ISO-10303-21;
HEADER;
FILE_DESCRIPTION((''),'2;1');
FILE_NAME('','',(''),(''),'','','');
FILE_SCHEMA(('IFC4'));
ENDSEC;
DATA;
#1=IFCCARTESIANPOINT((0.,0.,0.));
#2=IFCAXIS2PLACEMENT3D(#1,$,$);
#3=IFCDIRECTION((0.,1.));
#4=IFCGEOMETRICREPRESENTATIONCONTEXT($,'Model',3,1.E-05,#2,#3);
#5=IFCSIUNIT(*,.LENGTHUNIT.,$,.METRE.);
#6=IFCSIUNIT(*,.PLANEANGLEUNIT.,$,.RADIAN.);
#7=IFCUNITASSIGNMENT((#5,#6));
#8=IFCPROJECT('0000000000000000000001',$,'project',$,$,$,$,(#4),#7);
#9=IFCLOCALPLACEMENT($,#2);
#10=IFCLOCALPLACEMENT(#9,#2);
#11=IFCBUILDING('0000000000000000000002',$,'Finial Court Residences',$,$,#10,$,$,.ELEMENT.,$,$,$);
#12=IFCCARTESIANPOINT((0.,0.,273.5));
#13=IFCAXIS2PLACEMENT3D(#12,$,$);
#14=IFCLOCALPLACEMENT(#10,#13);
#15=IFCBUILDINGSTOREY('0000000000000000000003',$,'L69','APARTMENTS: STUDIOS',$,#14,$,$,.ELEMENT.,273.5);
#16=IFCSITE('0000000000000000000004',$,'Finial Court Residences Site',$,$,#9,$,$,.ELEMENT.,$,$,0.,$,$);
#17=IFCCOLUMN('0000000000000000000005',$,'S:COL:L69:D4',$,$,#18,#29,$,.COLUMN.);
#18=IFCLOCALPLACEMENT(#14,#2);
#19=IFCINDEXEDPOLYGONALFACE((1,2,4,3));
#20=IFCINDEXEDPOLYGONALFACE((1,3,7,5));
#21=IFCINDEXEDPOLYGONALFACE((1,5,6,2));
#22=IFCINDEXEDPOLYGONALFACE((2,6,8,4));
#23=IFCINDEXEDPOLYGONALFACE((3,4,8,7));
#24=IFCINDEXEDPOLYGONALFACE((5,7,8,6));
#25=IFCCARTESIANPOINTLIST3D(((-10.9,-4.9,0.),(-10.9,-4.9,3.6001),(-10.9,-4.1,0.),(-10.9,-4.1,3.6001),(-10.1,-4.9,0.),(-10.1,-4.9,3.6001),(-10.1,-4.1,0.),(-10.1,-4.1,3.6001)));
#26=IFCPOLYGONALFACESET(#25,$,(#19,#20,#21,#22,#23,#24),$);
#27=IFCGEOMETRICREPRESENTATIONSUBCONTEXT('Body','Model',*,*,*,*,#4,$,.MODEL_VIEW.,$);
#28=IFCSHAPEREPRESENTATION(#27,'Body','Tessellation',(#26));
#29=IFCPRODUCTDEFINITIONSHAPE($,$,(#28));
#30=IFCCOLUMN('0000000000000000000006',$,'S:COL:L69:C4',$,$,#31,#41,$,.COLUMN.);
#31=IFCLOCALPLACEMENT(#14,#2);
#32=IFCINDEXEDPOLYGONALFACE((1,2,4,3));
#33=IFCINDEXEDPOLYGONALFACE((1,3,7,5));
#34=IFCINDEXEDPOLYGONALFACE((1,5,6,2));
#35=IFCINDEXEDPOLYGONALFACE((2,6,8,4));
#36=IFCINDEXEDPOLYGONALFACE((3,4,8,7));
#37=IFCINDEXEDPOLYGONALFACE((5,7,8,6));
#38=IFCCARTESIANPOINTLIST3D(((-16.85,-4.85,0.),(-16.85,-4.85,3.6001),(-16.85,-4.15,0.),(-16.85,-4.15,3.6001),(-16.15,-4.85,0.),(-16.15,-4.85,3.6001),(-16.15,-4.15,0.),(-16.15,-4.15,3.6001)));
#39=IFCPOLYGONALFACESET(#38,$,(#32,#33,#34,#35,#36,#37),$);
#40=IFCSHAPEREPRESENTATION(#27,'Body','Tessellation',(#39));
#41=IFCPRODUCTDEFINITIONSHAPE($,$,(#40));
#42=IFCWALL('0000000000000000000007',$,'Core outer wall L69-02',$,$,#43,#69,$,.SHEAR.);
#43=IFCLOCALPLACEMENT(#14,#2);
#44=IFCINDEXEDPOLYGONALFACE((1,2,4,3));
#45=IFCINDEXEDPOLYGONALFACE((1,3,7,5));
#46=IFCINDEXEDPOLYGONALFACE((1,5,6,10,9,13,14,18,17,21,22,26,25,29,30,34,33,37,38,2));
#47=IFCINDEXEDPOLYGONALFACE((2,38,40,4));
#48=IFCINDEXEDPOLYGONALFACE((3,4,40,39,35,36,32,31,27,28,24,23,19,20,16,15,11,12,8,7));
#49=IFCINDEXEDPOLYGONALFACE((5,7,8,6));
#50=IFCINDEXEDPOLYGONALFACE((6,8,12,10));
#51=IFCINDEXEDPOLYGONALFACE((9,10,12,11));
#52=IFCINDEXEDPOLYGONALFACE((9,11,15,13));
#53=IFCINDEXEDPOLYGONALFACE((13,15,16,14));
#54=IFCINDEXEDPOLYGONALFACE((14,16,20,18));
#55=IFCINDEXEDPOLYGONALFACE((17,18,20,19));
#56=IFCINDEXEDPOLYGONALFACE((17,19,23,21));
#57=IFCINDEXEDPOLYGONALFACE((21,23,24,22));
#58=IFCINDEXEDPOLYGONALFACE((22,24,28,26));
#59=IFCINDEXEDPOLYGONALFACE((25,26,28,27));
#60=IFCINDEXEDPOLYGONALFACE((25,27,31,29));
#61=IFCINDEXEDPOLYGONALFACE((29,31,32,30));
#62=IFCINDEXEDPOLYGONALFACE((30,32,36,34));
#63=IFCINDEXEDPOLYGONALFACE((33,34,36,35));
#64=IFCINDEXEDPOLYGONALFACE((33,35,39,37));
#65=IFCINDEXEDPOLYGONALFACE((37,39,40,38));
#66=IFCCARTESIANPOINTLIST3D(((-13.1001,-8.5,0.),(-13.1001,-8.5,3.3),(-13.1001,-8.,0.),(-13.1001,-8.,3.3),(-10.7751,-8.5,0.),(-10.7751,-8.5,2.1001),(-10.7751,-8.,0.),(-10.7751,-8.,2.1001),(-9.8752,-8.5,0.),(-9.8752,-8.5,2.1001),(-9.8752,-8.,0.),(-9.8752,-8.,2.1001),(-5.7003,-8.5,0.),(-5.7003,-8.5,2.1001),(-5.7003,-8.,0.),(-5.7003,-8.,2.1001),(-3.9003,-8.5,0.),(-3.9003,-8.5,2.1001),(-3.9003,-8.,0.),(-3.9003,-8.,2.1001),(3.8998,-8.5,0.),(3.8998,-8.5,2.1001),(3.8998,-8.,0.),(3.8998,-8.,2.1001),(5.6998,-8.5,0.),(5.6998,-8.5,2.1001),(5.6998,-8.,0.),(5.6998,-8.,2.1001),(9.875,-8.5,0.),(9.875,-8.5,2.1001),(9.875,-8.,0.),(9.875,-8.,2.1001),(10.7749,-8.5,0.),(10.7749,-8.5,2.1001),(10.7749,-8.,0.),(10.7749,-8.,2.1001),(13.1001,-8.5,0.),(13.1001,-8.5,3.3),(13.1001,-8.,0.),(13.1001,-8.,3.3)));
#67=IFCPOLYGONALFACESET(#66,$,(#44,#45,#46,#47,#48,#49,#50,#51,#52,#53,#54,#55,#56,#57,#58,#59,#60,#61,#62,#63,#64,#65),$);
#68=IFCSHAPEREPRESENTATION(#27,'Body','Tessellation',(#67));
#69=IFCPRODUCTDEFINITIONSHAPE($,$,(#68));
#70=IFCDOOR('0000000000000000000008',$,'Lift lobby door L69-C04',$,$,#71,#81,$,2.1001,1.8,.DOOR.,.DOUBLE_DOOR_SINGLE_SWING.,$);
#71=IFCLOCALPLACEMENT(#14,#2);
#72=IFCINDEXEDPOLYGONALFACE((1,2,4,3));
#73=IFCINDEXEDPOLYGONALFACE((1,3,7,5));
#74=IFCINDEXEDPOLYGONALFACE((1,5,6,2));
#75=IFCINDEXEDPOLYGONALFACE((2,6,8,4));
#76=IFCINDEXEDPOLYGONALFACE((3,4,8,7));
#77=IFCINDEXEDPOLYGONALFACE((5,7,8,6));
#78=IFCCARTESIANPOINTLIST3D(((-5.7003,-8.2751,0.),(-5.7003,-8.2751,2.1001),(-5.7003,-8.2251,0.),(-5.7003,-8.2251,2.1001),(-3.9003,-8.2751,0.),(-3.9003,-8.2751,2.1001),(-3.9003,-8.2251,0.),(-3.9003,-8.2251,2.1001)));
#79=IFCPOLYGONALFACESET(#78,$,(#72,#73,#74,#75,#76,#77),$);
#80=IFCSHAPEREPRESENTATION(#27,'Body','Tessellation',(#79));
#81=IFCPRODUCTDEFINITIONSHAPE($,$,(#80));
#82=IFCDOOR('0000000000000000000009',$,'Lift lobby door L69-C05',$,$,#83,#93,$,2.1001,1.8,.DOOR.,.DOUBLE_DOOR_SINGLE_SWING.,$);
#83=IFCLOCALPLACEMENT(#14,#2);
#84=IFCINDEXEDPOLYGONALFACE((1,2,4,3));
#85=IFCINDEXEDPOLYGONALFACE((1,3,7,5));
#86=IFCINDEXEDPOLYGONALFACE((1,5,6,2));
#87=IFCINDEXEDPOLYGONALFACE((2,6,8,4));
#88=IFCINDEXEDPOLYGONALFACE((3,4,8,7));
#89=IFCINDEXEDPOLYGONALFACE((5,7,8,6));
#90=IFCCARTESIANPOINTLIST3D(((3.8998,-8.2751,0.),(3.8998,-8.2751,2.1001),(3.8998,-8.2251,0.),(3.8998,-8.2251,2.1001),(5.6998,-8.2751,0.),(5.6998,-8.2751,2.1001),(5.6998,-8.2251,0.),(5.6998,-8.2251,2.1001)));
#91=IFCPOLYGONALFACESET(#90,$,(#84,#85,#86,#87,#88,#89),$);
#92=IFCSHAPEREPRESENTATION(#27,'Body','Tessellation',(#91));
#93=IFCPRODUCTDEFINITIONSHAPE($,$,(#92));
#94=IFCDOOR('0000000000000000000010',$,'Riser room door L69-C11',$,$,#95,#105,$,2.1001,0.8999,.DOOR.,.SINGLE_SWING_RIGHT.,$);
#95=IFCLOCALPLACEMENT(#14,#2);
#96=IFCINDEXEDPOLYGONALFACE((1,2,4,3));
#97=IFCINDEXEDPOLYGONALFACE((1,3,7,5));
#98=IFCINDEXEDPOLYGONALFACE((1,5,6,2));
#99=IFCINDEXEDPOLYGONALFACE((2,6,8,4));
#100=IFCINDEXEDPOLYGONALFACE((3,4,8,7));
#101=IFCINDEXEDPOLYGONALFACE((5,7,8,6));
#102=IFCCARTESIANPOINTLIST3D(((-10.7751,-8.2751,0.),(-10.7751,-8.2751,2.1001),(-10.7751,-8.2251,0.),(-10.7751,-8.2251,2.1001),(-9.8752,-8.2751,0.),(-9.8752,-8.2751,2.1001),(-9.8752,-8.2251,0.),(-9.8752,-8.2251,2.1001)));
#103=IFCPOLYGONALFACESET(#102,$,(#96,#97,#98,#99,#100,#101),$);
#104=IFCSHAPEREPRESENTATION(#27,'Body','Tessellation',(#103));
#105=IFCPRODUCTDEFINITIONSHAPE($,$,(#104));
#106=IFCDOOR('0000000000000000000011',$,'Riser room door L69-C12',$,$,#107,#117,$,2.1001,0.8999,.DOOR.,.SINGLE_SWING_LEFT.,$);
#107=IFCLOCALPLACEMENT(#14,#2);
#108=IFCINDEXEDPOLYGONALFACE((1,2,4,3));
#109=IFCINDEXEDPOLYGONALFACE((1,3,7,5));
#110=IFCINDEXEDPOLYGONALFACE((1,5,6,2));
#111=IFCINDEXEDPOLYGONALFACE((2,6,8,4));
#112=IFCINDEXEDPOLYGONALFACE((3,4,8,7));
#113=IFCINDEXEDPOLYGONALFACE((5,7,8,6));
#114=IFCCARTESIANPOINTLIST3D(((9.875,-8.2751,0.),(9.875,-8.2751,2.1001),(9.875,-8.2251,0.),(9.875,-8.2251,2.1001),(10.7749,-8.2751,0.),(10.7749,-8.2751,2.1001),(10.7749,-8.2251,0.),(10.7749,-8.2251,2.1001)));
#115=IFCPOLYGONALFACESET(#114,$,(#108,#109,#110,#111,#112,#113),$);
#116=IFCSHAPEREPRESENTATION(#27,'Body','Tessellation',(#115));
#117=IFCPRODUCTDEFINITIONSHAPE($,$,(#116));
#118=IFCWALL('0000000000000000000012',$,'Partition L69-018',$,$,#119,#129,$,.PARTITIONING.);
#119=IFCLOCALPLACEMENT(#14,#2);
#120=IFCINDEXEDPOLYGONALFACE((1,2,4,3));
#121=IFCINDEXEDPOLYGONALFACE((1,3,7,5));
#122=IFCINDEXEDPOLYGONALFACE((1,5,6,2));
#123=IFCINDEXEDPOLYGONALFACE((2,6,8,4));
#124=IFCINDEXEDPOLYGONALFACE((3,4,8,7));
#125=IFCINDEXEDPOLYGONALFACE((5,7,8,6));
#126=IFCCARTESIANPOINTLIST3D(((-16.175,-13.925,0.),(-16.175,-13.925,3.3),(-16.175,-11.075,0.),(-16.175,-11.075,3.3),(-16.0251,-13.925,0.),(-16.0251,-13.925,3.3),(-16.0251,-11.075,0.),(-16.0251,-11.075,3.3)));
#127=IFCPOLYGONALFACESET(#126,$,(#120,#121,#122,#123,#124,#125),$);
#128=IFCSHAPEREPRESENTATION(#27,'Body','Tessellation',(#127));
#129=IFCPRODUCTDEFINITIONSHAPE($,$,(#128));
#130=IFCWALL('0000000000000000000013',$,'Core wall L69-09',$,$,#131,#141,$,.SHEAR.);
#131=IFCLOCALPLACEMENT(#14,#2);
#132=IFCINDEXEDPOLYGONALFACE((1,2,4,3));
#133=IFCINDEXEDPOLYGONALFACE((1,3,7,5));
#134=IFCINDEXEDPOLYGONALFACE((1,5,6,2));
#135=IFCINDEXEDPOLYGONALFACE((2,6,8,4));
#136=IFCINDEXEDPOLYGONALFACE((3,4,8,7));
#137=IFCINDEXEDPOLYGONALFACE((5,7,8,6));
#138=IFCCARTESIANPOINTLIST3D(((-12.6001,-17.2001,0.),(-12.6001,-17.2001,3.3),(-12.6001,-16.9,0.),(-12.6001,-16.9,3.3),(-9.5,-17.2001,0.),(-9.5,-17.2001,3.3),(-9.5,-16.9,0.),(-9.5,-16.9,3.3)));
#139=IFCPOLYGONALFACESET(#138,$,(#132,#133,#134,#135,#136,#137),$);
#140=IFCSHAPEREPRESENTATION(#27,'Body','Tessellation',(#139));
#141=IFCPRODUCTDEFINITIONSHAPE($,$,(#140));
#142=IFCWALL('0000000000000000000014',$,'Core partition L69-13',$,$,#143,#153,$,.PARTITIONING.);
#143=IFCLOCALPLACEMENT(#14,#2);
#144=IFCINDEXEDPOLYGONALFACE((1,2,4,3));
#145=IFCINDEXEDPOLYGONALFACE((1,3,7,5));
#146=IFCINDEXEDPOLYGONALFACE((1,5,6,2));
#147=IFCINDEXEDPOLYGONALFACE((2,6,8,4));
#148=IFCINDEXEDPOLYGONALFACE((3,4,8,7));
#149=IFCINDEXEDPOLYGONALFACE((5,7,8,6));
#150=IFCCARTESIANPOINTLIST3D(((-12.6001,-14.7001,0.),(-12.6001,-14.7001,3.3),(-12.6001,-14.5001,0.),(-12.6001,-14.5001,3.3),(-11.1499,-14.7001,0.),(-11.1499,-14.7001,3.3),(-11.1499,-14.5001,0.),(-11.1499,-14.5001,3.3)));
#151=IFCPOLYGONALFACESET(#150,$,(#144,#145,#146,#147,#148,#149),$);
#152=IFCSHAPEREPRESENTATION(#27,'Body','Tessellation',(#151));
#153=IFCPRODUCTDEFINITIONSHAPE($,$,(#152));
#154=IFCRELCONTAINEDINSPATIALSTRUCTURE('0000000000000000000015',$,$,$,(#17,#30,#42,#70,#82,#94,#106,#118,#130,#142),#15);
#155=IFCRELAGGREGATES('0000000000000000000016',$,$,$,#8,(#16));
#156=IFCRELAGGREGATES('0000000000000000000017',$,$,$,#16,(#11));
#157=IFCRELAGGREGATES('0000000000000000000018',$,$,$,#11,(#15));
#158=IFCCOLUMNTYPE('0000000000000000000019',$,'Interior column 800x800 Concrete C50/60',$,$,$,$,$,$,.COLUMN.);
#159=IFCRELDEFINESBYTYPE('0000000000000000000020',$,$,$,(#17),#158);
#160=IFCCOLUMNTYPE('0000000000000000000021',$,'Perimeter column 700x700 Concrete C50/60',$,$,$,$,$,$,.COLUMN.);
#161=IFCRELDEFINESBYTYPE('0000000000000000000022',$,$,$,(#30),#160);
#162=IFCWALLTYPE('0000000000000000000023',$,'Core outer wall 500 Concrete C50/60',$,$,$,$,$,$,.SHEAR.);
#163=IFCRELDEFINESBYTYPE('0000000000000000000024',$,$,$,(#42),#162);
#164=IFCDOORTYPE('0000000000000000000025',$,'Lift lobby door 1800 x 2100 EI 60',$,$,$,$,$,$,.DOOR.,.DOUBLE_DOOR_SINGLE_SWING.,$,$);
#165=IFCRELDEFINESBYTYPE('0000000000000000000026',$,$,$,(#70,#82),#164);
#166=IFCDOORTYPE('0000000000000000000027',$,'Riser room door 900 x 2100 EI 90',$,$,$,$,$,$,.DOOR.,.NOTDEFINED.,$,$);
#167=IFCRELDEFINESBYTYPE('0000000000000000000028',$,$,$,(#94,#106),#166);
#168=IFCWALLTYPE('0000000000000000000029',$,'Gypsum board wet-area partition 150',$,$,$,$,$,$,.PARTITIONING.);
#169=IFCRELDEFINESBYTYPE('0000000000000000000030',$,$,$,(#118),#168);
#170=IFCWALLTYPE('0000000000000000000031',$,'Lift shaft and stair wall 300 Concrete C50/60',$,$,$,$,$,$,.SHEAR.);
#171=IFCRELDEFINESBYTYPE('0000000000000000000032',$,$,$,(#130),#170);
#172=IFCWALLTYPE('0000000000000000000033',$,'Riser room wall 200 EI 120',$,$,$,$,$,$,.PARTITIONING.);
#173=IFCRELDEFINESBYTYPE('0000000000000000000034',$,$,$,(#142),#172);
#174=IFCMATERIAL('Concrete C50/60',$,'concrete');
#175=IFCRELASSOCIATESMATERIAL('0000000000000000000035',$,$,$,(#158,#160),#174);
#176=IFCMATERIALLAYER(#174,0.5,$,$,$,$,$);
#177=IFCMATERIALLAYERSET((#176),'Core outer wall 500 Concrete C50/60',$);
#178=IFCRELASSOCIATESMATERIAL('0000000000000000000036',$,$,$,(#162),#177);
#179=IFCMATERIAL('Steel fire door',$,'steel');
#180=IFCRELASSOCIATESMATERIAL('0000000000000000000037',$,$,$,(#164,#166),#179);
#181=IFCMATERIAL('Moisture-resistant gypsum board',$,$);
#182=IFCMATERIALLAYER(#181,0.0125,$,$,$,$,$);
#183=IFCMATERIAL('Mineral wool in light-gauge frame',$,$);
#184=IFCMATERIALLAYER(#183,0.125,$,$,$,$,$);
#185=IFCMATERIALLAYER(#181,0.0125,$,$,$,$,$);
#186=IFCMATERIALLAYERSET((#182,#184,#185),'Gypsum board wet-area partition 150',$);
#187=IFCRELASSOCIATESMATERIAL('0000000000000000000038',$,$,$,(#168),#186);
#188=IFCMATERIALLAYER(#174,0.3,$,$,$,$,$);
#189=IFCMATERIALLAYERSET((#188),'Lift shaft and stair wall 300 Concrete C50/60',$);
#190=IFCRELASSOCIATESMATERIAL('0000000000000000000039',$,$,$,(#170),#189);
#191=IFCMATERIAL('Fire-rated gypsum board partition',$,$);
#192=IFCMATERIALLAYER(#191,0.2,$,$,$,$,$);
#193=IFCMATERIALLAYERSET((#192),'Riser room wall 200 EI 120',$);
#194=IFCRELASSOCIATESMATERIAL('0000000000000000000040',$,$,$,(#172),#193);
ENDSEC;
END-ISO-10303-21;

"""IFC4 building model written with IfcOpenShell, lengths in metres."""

from ifc_helpers import new_model, si_unit, direction, frame, frame_2d, origin, origin_2d, place, context, subcontext, project, spatial, rectangle, extrude, material, layer, layer_set, material_profile, profile_set, type_object, element, fill, save


model = new_model("IFC4")

# Units and contexts
model_context = context("Model", 3, precision=1e-05, world=origin(), true_north=direction((0.0, 1.0)))
body_context = subcontext(model_context, "Body", "Model", "MODEL_VIEW")
ifc_project = project(units=[si_unit("LENGTHUNIT", "METRE"), si_unit("PLANEANGLEUNIT", "RADIAN")], contexts=[model_context])

# Site, building, storey
site_placement = place(None, origin())
site = spatial("IfcSite", under=ifc_project, at=site_placement, Name="Finial Court Residences Site", CompositionType="ELEMENT", RefElevation=0.0)
building_placement = place(site_placement, origin())
building = spatial("IfcBuilding", under=site, at=building_placement, Name="Finial Court Residences", CompositionType="ELEMENT")
storey_placement = place(building_placement, frame((0.0, 0.0, 273.5)))
storey = spatial("IfcBuildingStorey", under=building, at=storey_placement, Name="L69", Description="APARTMENTS: STUDIOS", CompositionType="ELEMENT", Elevation=273.5)

# Columns
ifc_material_1 = material(Name="Concrete C50/60", Category="concrete")
ifc_material_profile_1 = material_profile(ifc_material_1, rectangle(XDim=0.8, YDim=0.8, at=origin_2d()), Name="800x800")
ifc_profile_set_1 = profile_set([ifc_material_profile_1], Name="Concrete C50/60")
column_type_1 = type_object("IfcColumnType", Name="Interior column 800x800 Concrete C50/60", PredefinedType="COLUMN", material=ifc_profile_set_1)
column_1_placement = place(storey_placement, frame((-10.5, -4.5, 0.0), z_axis=(0.0, 0.0, 1.0), x_axis=(1.0, 0.0, 0.0)))
element("IfcColumn", 1, at=column_1_placement, inside=storey, type_object=column_type_1, Name="S:COL:L69:D4", PredefinedType="COLUMN", context=body_context, shape_type="SweptSolid", body=[
    extrude(rectangle(XDim=0.8, YDim=0.8, at=origin_2d()), origin(), (0.0, 0.0, 1.0), 3.6001),
])
ifc_material_profile_2 = material_profile(ifc_material_1, rectangle(XDim=0.7, YDim=0.7, at=origin_2d()), Name="700x700")
ifc_profile_set_2 = profile_set([ifc_material_profile_2], Name="Concrete C50/60")
column_type_2 = type_object("IfcColumnType", Name="Perimeter column 700x700 Concrete C50/60", PredefinedType="COLUMN", material=ifc_profile_set_2)
column_2_placement = place(storey_placement, frame((-16.5, -4.5, 0.0), z_axis=(0.0, 0.0, 1.0), x_axis=(1.0, 0.0, 0.0)))
element("IfcColumn", 2, at=column_2_placement, inside=storey, type_object=column_type_2, Name="S:COL:L69:C4", PredefinedType="COLUMN", context=body_context, shape_type="SweptSolid", body=[
    extrude(rectangle(XDim=0.7, YDim=0.7, at=origin_2d()), origin(), (0.0, 0.0, 1.0), 3.6001),
])

# Wall, openings, doors
ifc_layer_1 = layer(ifc_material_1, 0.5)
ifc_layer_set_1 = layer_set([ifc_layer_1], Name="Core outer wall 500 Concrete C50/60")
wall_type_1 = type_object("IfcWallType", Name="Core outer wall 500 Concrete C50/60", PredefinedType="SHEAR", material=ifc_layer_set_1)
wall_1_placement = place(storey_placement, frame((-13.1001, -8.25, 0.0), z_axis=(0.0, 0.0, 1.0), x_axis=(1.0, 0.0, 0.0)))
wall_1 = element("IfcWall", 3, at=wall_1_placement, inside=storey, type_object=wall_type_1, Name="Core outer wall L69-02", PredefinedType="SHEAR", context=body_context, shape_type="SweptSolid", body=[
    extrude(rectangle(XDim=26.2002, YDim=0.5, at=frame_2d((13.1001, 0.0))), origin(), (0.0, 0.0, 1.0), 3.3),
])
opening_1_placement = place(wall_1_placement, frame((7.3999, 0.0, 0.0)))
opening_1 = element("IfcOpeningElement", 4, at=opening_1_placement, cuts=wall_1, PredefinedType="OPENING", context=body_context, shape_type="SweptSolid", body=[
    extrude(rectangle(XDim=1.8, YDim=2.1001, at=frame_2d((0.8999, 1.05))), frame((0.0, 0.26, 0.0), z_axis=(0.0, -1.0, 0.0), x_axis=(1.0, 0.0, 0.0)), (0.0, 0.0, 1.0), 0.52),
])
opening_2_placement = place(wall_1_placement, frame((17.0, 0.0, 0.0)))
opening_2 = element("IfcOpeningElement", 5, at=opening_2_placement, cuts=wall_1, PredefinedType="OPENING", context=body_context, shape_type="SweptSolid", body=[
    extrude(rectangle(XDim=1.8, YDim=2.1001, at=frame_2d((0.8999, 1.05))), frame((0.0, 0.26, 0.0), z_axis=(0.0, -1.0, 0.0), x_axis=(1.0, 0.0, 0.0)), (0.0, 0.0, 1.0), 0.52),
])
opening_3_placement = place(wall_1_placement, frame((2.325, 0.0, 0.0)))
opening_3 = element("IfcOpeningElement", 6, at=opening_3_placement, cuts=wall_1, PredefinedType="OPENING", context=body_context, shape_type="SweptSolid", body=[
    extrude(rectangle(XDim=0.8999, YDim=2.1001, at=frame_2d((0.45, 1.05))), frame((0.0, 0.26, 0.0), z_axis=(0.0, -1.0, 0.0), x_axis=(1.0, 0.0, 0.0)), (0.0, 0.0, 1.0), 0.52),
])
opening_4_placement = place(wall_1_placement, frame((22.9751, 0.0, 0.0)))
opening_4 = element("IfcOpeningElement", 7, at=opening_4_placement, cuts=wall_1, PredefinedType="OPENING", context=body_context, shape_type="SweptSolid", body=[
    extrude(rectangle(XDim=0.8999, YDim=2.1001, at=frame_2d((0.45, 1.05))), frame((0.0, 0.26, 0.0), z_axis=(0.0, -1.0, 0.0), x_axis=(1.0, 0.0, 0.0)), (0.0, 0.0, 1.0), 0.52),
])
ifc_material_2 = material(Name="Steel fire door", Category="steel")
door_type_1 = type_object("IfcDoorType", Name="Lift lobby door 1800 x 2100 EI 60", OperationType="DOUBLE_DOOR_SINGLE_SWING", PredefinedType="DOOR", material=ifc_material_2)
door_1_placement = place(opening_1_placement, origin())
door_1 = element("IfcDoor", 8, at=door_1_placement, inside=storey, type_object=door_type_1, Name="Lift lobby door L69-C04", OperationType="DOUBLE_DOOR_SINGLE_SWING", OverallHeight=2.1001, OverallWidth=1.8, PredefinedType="DOOR", context=body_context, shape_type="SweptSolid", body=[
    extrude(rectangle(XDim=1.8, YDim=2.1001, at=frame_2d((0.8999, 1.05))), frame((0.0, 0.0249, 0.0), z_axis=(0.0, -1.0, 0.0), x_axis=(1.0, 0.0, 0.0)), (0.0, 0.0, 1.0), 0.05),
])
fill(opening_1, door_1)
door_2_placement = place(opening_2_placement, origin())
door_2 = element("IfcDoor", 9, at=door_2_placement, inside=storey, type_object=door_type_1, Name="Lift lobby door L69-C05", OperationType="DOUBLE_DOOR_SINGLE_SWING", OverallHeight=2.1001, OverallWidth=1.8, PredefinedType="DOOR", context=body_context, shape_type="SweptSolid", body=[
    extrude(rectangle(XDim=1.8, YDim=2.1001, at=frame_2d((0.8999, 1.05))), frame((0.0, 0.0249, 0.0), z_axis=(0.0, -1.0, 0.0), x_axis=(1.0, 0.0, 0.0)), (0.0, 0.0, 1.0), 0.05),
])
fill(opening_2, door_2)
door_type_2 = type_object("IfcDoorType", Name="Riser room door 900 x 2100 EI 90", OperationType="NOTDEFINED", PredefinedType="DOOR", material=ifc_material_2)
door_3_placement = place(opening_3_placement, origin())
door_3 = element("IfcDoor", 10, at=door_3_placement, inside=storey, type_object=door_type_2, Name="Riser room door L69-C11", OperationType="SINGLE_SWING_RIGHT", OverallHeight=2.1001, OverallWidth=0.8999, PredefinedType="DOOR", context=body_context, shape_type="SweptSolid", body=[
    extrude(rectangle(XDim=0.8999, YDim=2.1001, at=frame_2d((0.45, 1.05))), frame((0.0, 0.0249, 0.0), z_axis=(0.0, -1.0, 0.0), x_axis=(1.0, 0.0, 0.0)), (0.0, 0.0, 1.0), 0.05),
])
fill(opening_3, door_3)
door_4_placement = place(opening_4_placement, origin())
door_4 = element("IfcDoor", 11, at=door_4_placement, inside=storey, type_object=door_type_2, Name="Riser room door L69-C12", OperationType="SINGLE_SWING_LEFT", OverallHeight=2.1001, OverallWidth=0.8999, PredefinedType="DOOR", context=body_context, shape_type="SweptSolid", body=[
    extrude(rectangle(XDim=0.8999, YDim=2.1001, at=frame_2d((0.45, 1.05))), frame((0.0, 0.0249, 0.0), z_axis=(0.0, -1.0, 0.0), x_axis=(1.0, 0.0, 0.0)), (0.0, 0.0, 1.0), 0.05),
])
fill(opening_4, door_4)

# Walls
ifc_material_3 = material(Name="Moisture-resistant gypsum board")
ifc_layer_2 = layer(ifc_material_3, 0.0125)
ifc_material_4 = material(Name="Mineral wool in light-gauge frame")
ifc_layer_3 = layer(ifc_material_4, 0.125)
ifc_layer_4 = layer(ifc_material_3, 0.0125)
ifc_layer_set_2 = layer_set([ifc_layer_2, ifc_layer_3, ifc_layer_4], Name="Gypsum board wet-area partition 150")
wall_type_2 = type_object("IfcWallType", Name="Gypsum board wet-area partition 150", PredefinedType="PARTITIONING", material=ifc_layer_set_2)
wall_2_placement = place(storey_placement, frame((-16.1001, -13.925, 0.0), z_axis=(0.0, 0.0, 1.0), x_axis=(0.0, 1.0, 0.0)))
element("IfcWall", 12, at=wall_2_placement, inside=storey, type_object=wall_type_2, Name="Partition L69-018", PredefinedType="PARTITIONING", context=body_context, shape_type="SweptSolid", body=[
    extrude(rectangle(XDim=2.8501, YDim=0.1499, at=frame_2d((1.425, 0.0))), origin(), (0.0, 0.0, 1.0), 3.3),
])
ifc_layer_5 = layer(ifc_material_1, 0.3)
ifc_layer_set_3 = layer_set([ifc_layer_5], Name="Lift shaft and stair wall 300 Concrete C50/60")
wall_type_3 = type_object("IfcWallType", Name="Lift shaft and stair wall 300 Concrete C50/60", PredefinedType="SHEAR", material=ifc_layer_set_3)
wall_3_placement = place(storey_placement, frame((-12.6001, -17.05, 0.0), z_axis=(0.0, 0.0, 1.0), x_axis=(1.0, 0.0, 0.0)))
element("IfcWall", 13, at=wall_3_placement, inside=storey, type_object=wall_type_3, Name="Core wall L69-09", PredefinedType="SHEAR", context=body_context, shape_type="SweptSolid", body=[
    extrude(rectangle(XDim=3.1001, YDim=0.3, at=frame_2d((1.55, 0.0))), origin(), (0.0, 0.0, 1.0), 3.3),
])
ifc_material_5 = material(Name="Fire-rated gypsum board partition")
ifc_layer_6 = layer(ifc_material_5, 0.2)
ifc_layer_set_4 = layer_set([ifc_layer_6], Name="Riser room wall 200 EI 120")
wall_type_4 = type_object("IfcWallType", Name="Riser room wall 200 EI 120", PredefinedType="PARTITIONING", material=ifc_layer_set_4)
wall_4_placement = place(storey_placement, frame((-12.6001, -14.6001, 0.0), z_axis=(0.0, 0.0, 1.0), x_axis=(1.0, 0.0, 0.0)))
element("IfcWall", 14, at=wall_4_placement, inside=storey, type_object=wall_type_4, Name="Core partition L69-13", PredefinedType="PARTITIONING", context=body_context, shape_type="SweptSolid", body=[
    extrude(rectangle(XDim=1.4502, YDim=0.2, at=frame_2d((0.7251, 0.0))), origin(), (0.0, 0.0, 1.0), 3.3),
])

save(model, "model.ifc")
